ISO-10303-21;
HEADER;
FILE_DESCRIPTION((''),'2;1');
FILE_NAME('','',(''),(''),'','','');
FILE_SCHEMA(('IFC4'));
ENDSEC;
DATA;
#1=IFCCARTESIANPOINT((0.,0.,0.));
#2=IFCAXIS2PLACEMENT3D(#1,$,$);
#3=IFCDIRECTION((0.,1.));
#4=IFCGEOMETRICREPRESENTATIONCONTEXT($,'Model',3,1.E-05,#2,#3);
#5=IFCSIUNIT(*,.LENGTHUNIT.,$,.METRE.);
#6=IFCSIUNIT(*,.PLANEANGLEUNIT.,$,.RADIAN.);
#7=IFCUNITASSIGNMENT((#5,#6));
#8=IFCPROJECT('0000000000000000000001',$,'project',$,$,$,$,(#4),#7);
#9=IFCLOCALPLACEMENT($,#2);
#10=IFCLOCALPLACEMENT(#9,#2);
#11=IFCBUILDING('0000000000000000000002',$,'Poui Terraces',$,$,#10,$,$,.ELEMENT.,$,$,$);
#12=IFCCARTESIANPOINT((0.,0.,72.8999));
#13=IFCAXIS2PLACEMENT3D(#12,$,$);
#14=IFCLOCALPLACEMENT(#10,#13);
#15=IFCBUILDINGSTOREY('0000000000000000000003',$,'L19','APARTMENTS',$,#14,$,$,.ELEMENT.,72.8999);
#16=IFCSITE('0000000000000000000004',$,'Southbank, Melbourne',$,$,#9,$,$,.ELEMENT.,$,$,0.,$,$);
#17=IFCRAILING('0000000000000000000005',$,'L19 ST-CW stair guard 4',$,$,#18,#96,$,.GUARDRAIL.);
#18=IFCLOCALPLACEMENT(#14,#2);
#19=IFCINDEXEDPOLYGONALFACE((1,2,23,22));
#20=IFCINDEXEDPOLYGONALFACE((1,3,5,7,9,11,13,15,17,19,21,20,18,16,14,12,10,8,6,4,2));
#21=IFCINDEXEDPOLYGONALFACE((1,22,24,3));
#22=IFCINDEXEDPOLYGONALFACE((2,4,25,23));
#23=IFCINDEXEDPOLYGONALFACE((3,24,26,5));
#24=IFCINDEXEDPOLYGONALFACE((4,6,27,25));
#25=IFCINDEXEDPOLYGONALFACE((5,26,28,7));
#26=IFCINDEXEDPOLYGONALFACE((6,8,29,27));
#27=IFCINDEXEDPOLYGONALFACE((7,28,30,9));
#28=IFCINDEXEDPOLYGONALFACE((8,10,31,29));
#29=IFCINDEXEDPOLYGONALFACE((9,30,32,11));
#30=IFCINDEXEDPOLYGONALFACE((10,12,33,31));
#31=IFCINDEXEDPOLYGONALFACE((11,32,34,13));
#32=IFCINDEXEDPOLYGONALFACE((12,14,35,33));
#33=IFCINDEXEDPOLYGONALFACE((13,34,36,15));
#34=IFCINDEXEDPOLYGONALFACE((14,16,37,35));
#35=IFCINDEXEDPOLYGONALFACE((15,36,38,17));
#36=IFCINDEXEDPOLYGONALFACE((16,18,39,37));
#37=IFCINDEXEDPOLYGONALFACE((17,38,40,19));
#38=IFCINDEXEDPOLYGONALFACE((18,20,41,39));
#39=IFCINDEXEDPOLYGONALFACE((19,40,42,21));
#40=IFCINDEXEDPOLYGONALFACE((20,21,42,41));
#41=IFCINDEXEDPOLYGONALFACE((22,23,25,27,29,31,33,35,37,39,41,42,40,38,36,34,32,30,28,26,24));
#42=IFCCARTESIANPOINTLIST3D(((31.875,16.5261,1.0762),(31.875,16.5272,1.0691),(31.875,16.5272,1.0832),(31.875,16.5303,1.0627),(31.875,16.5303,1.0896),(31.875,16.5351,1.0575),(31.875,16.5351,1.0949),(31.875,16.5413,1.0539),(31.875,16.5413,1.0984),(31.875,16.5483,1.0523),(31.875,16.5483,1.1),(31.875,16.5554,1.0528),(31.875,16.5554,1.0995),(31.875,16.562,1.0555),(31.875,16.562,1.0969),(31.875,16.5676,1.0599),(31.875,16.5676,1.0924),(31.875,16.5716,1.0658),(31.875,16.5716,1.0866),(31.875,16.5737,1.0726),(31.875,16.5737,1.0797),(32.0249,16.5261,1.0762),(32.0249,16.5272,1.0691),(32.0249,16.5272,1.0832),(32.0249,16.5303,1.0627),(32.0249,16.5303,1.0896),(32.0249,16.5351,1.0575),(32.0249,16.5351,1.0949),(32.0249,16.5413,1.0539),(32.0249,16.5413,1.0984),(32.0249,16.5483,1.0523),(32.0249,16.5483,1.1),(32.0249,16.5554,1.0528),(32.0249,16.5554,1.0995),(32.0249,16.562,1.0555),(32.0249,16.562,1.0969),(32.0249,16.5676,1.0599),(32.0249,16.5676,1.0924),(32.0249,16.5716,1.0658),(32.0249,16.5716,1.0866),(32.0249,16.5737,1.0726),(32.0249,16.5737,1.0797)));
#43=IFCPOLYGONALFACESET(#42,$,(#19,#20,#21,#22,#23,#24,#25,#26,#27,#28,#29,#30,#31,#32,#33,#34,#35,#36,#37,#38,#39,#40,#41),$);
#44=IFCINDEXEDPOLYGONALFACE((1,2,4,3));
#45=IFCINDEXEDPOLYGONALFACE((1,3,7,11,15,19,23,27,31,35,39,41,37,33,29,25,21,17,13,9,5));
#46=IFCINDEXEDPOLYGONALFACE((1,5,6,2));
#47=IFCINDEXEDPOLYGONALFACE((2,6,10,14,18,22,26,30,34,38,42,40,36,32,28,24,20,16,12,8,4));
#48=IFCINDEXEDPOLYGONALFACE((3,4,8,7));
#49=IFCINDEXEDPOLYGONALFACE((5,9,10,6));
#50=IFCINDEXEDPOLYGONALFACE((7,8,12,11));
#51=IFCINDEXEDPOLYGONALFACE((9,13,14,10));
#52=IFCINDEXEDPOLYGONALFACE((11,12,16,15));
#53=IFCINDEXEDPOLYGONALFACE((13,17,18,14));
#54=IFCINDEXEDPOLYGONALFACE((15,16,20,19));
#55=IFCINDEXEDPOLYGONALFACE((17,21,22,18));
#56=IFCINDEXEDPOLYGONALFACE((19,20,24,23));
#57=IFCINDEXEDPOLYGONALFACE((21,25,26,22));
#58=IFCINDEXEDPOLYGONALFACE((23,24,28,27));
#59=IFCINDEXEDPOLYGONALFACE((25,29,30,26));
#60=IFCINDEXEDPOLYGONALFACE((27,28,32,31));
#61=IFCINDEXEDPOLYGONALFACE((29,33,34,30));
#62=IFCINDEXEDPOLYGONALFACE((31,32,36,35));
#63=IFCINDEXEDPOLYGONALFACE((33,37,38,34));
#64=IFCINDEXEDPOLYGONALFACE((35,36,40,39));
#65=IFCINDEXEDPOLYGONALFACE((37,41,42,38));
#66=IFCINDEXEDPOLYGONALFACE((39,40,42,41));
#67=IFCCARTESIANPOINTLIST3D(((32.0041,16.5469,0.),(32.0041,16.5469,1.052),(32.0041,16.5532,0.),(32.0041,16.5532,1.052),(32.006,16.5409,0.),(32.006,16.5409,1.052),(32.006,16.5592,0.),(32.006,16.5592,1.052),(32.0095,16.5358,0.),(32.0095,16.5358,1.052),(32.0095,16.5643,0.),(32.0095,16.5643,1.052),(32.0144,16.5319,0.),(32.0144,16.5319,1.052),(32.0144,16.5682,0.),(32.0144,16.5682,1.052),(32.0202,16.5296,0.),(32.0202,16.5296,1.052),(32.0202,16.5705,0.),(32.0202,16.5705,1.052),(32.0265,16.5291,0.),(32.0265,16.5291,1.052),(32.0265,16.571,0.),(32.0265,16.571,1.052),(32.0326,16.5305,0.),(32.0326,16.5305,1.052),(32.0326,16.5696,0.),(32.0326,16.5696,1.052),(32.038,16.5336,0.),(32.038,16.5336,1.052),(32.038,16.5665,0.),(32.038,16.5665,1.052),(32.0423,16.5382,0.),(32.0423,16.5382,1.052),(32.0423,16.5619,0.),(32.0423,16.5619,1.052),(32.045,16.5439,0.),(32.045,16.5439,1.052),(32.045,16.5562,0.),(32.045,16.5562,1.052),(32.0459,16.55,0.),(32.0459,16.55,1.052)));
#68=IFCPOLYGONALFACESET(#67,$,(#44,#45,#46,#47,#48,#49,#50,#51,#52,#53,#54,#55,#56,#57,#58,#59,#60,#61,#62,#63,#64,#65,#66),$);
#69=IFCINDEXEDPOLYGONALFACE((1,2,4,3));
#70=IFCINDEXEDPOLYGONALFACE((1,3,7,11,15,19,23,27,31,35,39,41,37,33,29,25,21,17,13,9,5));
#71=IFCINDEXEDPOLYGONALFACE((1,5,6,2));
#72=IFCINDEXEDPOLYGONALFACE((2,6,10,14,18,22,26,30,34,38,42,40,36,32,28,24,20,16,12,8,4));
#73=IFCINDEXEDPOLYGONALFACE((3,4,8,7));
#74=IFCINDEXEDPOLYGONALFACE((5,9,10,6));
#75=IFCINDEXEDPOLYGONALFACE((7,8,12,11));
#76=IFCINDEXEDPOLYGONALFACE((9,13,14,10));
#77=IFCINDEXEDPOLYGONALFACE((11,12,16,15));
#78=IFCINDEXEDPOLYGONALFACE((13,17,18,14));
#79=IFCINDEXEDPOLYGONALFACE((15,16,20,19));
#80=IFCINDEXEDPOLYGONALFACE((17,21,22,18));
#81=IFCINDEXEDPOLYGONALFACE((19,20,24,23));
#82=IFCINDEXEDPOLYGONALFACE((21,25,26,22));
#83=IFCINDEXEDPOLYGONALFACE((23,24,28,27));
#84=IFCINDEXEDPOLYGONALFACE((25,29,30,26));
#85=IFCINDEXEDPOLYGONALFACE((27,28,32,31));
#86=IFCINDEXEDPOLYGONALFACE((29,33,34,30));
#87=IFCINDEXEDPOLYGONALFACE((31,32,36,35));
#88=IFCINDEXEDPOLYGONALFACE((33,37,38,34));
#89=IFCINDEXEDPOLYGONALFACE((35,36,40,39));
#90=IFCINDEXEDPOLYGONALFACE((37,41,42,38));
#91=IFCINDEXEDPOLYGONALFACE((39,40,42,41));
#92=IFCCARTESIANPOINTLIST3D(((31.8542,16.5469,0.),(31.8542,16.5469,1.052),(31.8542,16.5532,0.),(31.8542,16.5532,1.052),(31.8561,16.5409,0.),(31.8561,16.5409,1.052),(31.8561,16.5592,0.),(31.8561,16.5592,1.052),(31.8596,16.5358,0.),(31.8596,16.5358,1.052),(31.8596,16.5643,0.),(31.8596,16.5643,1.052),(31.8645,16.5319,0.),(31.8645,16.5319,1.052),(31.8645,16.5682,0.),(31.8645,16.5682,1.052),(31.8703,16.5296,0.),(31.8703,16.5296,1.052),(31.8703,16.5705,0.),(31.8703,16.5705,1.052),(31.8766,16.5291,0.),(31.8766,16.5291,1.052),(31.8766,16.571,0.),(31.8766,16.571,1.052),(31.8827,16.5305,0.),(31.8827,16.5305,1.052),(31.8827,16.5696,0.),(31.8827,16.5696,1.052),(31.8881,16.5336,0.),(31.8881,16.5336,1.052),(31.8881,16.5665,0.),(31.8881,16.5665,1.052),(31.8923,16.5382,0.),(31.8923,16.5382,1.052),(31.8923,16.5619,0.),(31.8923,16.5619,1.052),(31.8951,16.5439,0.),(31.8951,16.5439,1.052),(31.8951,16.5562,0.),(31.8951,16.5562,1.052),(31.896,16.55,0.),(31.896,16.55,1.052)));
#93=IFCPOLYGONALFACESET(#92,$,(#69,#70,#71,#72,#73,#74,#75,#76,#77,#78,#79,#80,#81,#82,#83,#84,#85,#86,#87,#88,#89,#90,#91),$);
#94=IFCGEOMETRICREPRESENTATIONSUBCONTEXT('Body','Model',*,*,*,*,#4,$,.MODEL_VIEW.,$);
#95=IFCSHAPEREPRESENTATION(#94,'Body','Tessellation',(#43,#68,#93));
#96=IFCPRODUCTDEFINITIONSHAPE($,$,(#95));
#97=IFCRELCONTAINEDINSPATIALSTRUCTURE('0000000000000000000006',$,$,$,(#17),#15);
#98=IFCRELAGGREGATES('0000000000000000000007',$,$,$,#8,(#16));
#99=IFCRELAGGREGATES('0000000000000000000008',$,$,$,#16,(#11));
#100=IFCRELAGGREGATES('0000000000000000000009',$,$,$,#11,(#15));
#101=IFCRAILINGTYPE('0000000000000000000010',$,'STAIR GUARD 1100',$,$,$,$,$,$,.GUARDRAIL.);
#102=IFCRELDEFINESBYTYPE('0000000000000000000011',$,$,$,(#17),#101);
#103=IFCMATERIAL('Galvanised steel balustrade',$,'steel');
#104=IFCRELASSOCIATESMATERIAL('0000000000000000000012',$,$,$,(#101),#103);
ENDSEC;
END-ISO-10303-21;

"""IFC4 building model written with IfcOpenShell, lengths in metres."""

from ifc_helpers import new_model, si_unit, direction, frame, origin, origin_2d, place, context, subcontext, project, spatial, circle, extrude, material, type_object, element, save


model = new_model("IFC4")

# Units and contexts
model_context = context("Model", 3, precision=1e-05, world=origin(), true_north=direction((0.0, 1.0)))
body_context = subcontext(model_context, "Body", "Model", "MODEL_VIEW")
ifc_project = project(units=[si_unit("LENGTHUNIT", "METRE"), si_unit("PLANEANGLEUNIT", "RADIAN")], contexts=[model_context])

# Site, building, storey
site_placement = place(None, origin())
site = spatial("IfcSite", under=ifc_project, at=site_placement, Name="Southbank, Melbourne", CompositionType="ELEMENT", RefElevation=0.0)
building_placement = place(site_placement, origin())
building = spatial("IfcBuilding", under=site, at=building_placement, Name="Poui Terraces", CompositionType="ELEMENT")
storey_placement = place(building_placement, frame((0.0, 0.0, 72.8999)))
storey = spatial("IfcBuildingStorey", under=building, at=storey_placement, Name="L19", Description="APARTMENTS", CompositionType="ELEMENT", Elevation=72.8999)

# Railing
ifc_material_1 = material(Name="Galvanised steel balustrade", Category="steel")
railing_type_1 = type_object("IfcRailingType", Name="STAIR GUARD 1100", PredefinedType="GUARDRAIL", material=ifc_material_1)
railing_1_placement = place(storey_placement, frame((32.0249, 16.55, 0.0)))
element("IfcRailing", 1, at=railing_1_placement, inside=storey, type_object=railing_type_1, Name="L19 ST-CW stair guard 4", PredefinedType="GUARDRAIL", context=body_context, shape_type="SweptSolid", body=[
    extrude(circle(Radius=0.0239, at=origin_2d()), frame((0.0, 0.0, 1.0762), z_axis=(-1.0, 0.0, 0.0), x_axis=(0.0, -1.0, 0.0)), (0.0, 0.0, 1.0), 0.1499),
    extrude(circle(Radius=0.021, at=origin_2d()), origin(), (0.0, 0.0, 1.0), 1.052),
    extrude(circle(Radius=0.021, at=origin_2d()), frame((-0.1499, 0.0, 0.0)), (0.0, 0.0, 1.0), 1.052),
])

save(model, "model.ifc")
